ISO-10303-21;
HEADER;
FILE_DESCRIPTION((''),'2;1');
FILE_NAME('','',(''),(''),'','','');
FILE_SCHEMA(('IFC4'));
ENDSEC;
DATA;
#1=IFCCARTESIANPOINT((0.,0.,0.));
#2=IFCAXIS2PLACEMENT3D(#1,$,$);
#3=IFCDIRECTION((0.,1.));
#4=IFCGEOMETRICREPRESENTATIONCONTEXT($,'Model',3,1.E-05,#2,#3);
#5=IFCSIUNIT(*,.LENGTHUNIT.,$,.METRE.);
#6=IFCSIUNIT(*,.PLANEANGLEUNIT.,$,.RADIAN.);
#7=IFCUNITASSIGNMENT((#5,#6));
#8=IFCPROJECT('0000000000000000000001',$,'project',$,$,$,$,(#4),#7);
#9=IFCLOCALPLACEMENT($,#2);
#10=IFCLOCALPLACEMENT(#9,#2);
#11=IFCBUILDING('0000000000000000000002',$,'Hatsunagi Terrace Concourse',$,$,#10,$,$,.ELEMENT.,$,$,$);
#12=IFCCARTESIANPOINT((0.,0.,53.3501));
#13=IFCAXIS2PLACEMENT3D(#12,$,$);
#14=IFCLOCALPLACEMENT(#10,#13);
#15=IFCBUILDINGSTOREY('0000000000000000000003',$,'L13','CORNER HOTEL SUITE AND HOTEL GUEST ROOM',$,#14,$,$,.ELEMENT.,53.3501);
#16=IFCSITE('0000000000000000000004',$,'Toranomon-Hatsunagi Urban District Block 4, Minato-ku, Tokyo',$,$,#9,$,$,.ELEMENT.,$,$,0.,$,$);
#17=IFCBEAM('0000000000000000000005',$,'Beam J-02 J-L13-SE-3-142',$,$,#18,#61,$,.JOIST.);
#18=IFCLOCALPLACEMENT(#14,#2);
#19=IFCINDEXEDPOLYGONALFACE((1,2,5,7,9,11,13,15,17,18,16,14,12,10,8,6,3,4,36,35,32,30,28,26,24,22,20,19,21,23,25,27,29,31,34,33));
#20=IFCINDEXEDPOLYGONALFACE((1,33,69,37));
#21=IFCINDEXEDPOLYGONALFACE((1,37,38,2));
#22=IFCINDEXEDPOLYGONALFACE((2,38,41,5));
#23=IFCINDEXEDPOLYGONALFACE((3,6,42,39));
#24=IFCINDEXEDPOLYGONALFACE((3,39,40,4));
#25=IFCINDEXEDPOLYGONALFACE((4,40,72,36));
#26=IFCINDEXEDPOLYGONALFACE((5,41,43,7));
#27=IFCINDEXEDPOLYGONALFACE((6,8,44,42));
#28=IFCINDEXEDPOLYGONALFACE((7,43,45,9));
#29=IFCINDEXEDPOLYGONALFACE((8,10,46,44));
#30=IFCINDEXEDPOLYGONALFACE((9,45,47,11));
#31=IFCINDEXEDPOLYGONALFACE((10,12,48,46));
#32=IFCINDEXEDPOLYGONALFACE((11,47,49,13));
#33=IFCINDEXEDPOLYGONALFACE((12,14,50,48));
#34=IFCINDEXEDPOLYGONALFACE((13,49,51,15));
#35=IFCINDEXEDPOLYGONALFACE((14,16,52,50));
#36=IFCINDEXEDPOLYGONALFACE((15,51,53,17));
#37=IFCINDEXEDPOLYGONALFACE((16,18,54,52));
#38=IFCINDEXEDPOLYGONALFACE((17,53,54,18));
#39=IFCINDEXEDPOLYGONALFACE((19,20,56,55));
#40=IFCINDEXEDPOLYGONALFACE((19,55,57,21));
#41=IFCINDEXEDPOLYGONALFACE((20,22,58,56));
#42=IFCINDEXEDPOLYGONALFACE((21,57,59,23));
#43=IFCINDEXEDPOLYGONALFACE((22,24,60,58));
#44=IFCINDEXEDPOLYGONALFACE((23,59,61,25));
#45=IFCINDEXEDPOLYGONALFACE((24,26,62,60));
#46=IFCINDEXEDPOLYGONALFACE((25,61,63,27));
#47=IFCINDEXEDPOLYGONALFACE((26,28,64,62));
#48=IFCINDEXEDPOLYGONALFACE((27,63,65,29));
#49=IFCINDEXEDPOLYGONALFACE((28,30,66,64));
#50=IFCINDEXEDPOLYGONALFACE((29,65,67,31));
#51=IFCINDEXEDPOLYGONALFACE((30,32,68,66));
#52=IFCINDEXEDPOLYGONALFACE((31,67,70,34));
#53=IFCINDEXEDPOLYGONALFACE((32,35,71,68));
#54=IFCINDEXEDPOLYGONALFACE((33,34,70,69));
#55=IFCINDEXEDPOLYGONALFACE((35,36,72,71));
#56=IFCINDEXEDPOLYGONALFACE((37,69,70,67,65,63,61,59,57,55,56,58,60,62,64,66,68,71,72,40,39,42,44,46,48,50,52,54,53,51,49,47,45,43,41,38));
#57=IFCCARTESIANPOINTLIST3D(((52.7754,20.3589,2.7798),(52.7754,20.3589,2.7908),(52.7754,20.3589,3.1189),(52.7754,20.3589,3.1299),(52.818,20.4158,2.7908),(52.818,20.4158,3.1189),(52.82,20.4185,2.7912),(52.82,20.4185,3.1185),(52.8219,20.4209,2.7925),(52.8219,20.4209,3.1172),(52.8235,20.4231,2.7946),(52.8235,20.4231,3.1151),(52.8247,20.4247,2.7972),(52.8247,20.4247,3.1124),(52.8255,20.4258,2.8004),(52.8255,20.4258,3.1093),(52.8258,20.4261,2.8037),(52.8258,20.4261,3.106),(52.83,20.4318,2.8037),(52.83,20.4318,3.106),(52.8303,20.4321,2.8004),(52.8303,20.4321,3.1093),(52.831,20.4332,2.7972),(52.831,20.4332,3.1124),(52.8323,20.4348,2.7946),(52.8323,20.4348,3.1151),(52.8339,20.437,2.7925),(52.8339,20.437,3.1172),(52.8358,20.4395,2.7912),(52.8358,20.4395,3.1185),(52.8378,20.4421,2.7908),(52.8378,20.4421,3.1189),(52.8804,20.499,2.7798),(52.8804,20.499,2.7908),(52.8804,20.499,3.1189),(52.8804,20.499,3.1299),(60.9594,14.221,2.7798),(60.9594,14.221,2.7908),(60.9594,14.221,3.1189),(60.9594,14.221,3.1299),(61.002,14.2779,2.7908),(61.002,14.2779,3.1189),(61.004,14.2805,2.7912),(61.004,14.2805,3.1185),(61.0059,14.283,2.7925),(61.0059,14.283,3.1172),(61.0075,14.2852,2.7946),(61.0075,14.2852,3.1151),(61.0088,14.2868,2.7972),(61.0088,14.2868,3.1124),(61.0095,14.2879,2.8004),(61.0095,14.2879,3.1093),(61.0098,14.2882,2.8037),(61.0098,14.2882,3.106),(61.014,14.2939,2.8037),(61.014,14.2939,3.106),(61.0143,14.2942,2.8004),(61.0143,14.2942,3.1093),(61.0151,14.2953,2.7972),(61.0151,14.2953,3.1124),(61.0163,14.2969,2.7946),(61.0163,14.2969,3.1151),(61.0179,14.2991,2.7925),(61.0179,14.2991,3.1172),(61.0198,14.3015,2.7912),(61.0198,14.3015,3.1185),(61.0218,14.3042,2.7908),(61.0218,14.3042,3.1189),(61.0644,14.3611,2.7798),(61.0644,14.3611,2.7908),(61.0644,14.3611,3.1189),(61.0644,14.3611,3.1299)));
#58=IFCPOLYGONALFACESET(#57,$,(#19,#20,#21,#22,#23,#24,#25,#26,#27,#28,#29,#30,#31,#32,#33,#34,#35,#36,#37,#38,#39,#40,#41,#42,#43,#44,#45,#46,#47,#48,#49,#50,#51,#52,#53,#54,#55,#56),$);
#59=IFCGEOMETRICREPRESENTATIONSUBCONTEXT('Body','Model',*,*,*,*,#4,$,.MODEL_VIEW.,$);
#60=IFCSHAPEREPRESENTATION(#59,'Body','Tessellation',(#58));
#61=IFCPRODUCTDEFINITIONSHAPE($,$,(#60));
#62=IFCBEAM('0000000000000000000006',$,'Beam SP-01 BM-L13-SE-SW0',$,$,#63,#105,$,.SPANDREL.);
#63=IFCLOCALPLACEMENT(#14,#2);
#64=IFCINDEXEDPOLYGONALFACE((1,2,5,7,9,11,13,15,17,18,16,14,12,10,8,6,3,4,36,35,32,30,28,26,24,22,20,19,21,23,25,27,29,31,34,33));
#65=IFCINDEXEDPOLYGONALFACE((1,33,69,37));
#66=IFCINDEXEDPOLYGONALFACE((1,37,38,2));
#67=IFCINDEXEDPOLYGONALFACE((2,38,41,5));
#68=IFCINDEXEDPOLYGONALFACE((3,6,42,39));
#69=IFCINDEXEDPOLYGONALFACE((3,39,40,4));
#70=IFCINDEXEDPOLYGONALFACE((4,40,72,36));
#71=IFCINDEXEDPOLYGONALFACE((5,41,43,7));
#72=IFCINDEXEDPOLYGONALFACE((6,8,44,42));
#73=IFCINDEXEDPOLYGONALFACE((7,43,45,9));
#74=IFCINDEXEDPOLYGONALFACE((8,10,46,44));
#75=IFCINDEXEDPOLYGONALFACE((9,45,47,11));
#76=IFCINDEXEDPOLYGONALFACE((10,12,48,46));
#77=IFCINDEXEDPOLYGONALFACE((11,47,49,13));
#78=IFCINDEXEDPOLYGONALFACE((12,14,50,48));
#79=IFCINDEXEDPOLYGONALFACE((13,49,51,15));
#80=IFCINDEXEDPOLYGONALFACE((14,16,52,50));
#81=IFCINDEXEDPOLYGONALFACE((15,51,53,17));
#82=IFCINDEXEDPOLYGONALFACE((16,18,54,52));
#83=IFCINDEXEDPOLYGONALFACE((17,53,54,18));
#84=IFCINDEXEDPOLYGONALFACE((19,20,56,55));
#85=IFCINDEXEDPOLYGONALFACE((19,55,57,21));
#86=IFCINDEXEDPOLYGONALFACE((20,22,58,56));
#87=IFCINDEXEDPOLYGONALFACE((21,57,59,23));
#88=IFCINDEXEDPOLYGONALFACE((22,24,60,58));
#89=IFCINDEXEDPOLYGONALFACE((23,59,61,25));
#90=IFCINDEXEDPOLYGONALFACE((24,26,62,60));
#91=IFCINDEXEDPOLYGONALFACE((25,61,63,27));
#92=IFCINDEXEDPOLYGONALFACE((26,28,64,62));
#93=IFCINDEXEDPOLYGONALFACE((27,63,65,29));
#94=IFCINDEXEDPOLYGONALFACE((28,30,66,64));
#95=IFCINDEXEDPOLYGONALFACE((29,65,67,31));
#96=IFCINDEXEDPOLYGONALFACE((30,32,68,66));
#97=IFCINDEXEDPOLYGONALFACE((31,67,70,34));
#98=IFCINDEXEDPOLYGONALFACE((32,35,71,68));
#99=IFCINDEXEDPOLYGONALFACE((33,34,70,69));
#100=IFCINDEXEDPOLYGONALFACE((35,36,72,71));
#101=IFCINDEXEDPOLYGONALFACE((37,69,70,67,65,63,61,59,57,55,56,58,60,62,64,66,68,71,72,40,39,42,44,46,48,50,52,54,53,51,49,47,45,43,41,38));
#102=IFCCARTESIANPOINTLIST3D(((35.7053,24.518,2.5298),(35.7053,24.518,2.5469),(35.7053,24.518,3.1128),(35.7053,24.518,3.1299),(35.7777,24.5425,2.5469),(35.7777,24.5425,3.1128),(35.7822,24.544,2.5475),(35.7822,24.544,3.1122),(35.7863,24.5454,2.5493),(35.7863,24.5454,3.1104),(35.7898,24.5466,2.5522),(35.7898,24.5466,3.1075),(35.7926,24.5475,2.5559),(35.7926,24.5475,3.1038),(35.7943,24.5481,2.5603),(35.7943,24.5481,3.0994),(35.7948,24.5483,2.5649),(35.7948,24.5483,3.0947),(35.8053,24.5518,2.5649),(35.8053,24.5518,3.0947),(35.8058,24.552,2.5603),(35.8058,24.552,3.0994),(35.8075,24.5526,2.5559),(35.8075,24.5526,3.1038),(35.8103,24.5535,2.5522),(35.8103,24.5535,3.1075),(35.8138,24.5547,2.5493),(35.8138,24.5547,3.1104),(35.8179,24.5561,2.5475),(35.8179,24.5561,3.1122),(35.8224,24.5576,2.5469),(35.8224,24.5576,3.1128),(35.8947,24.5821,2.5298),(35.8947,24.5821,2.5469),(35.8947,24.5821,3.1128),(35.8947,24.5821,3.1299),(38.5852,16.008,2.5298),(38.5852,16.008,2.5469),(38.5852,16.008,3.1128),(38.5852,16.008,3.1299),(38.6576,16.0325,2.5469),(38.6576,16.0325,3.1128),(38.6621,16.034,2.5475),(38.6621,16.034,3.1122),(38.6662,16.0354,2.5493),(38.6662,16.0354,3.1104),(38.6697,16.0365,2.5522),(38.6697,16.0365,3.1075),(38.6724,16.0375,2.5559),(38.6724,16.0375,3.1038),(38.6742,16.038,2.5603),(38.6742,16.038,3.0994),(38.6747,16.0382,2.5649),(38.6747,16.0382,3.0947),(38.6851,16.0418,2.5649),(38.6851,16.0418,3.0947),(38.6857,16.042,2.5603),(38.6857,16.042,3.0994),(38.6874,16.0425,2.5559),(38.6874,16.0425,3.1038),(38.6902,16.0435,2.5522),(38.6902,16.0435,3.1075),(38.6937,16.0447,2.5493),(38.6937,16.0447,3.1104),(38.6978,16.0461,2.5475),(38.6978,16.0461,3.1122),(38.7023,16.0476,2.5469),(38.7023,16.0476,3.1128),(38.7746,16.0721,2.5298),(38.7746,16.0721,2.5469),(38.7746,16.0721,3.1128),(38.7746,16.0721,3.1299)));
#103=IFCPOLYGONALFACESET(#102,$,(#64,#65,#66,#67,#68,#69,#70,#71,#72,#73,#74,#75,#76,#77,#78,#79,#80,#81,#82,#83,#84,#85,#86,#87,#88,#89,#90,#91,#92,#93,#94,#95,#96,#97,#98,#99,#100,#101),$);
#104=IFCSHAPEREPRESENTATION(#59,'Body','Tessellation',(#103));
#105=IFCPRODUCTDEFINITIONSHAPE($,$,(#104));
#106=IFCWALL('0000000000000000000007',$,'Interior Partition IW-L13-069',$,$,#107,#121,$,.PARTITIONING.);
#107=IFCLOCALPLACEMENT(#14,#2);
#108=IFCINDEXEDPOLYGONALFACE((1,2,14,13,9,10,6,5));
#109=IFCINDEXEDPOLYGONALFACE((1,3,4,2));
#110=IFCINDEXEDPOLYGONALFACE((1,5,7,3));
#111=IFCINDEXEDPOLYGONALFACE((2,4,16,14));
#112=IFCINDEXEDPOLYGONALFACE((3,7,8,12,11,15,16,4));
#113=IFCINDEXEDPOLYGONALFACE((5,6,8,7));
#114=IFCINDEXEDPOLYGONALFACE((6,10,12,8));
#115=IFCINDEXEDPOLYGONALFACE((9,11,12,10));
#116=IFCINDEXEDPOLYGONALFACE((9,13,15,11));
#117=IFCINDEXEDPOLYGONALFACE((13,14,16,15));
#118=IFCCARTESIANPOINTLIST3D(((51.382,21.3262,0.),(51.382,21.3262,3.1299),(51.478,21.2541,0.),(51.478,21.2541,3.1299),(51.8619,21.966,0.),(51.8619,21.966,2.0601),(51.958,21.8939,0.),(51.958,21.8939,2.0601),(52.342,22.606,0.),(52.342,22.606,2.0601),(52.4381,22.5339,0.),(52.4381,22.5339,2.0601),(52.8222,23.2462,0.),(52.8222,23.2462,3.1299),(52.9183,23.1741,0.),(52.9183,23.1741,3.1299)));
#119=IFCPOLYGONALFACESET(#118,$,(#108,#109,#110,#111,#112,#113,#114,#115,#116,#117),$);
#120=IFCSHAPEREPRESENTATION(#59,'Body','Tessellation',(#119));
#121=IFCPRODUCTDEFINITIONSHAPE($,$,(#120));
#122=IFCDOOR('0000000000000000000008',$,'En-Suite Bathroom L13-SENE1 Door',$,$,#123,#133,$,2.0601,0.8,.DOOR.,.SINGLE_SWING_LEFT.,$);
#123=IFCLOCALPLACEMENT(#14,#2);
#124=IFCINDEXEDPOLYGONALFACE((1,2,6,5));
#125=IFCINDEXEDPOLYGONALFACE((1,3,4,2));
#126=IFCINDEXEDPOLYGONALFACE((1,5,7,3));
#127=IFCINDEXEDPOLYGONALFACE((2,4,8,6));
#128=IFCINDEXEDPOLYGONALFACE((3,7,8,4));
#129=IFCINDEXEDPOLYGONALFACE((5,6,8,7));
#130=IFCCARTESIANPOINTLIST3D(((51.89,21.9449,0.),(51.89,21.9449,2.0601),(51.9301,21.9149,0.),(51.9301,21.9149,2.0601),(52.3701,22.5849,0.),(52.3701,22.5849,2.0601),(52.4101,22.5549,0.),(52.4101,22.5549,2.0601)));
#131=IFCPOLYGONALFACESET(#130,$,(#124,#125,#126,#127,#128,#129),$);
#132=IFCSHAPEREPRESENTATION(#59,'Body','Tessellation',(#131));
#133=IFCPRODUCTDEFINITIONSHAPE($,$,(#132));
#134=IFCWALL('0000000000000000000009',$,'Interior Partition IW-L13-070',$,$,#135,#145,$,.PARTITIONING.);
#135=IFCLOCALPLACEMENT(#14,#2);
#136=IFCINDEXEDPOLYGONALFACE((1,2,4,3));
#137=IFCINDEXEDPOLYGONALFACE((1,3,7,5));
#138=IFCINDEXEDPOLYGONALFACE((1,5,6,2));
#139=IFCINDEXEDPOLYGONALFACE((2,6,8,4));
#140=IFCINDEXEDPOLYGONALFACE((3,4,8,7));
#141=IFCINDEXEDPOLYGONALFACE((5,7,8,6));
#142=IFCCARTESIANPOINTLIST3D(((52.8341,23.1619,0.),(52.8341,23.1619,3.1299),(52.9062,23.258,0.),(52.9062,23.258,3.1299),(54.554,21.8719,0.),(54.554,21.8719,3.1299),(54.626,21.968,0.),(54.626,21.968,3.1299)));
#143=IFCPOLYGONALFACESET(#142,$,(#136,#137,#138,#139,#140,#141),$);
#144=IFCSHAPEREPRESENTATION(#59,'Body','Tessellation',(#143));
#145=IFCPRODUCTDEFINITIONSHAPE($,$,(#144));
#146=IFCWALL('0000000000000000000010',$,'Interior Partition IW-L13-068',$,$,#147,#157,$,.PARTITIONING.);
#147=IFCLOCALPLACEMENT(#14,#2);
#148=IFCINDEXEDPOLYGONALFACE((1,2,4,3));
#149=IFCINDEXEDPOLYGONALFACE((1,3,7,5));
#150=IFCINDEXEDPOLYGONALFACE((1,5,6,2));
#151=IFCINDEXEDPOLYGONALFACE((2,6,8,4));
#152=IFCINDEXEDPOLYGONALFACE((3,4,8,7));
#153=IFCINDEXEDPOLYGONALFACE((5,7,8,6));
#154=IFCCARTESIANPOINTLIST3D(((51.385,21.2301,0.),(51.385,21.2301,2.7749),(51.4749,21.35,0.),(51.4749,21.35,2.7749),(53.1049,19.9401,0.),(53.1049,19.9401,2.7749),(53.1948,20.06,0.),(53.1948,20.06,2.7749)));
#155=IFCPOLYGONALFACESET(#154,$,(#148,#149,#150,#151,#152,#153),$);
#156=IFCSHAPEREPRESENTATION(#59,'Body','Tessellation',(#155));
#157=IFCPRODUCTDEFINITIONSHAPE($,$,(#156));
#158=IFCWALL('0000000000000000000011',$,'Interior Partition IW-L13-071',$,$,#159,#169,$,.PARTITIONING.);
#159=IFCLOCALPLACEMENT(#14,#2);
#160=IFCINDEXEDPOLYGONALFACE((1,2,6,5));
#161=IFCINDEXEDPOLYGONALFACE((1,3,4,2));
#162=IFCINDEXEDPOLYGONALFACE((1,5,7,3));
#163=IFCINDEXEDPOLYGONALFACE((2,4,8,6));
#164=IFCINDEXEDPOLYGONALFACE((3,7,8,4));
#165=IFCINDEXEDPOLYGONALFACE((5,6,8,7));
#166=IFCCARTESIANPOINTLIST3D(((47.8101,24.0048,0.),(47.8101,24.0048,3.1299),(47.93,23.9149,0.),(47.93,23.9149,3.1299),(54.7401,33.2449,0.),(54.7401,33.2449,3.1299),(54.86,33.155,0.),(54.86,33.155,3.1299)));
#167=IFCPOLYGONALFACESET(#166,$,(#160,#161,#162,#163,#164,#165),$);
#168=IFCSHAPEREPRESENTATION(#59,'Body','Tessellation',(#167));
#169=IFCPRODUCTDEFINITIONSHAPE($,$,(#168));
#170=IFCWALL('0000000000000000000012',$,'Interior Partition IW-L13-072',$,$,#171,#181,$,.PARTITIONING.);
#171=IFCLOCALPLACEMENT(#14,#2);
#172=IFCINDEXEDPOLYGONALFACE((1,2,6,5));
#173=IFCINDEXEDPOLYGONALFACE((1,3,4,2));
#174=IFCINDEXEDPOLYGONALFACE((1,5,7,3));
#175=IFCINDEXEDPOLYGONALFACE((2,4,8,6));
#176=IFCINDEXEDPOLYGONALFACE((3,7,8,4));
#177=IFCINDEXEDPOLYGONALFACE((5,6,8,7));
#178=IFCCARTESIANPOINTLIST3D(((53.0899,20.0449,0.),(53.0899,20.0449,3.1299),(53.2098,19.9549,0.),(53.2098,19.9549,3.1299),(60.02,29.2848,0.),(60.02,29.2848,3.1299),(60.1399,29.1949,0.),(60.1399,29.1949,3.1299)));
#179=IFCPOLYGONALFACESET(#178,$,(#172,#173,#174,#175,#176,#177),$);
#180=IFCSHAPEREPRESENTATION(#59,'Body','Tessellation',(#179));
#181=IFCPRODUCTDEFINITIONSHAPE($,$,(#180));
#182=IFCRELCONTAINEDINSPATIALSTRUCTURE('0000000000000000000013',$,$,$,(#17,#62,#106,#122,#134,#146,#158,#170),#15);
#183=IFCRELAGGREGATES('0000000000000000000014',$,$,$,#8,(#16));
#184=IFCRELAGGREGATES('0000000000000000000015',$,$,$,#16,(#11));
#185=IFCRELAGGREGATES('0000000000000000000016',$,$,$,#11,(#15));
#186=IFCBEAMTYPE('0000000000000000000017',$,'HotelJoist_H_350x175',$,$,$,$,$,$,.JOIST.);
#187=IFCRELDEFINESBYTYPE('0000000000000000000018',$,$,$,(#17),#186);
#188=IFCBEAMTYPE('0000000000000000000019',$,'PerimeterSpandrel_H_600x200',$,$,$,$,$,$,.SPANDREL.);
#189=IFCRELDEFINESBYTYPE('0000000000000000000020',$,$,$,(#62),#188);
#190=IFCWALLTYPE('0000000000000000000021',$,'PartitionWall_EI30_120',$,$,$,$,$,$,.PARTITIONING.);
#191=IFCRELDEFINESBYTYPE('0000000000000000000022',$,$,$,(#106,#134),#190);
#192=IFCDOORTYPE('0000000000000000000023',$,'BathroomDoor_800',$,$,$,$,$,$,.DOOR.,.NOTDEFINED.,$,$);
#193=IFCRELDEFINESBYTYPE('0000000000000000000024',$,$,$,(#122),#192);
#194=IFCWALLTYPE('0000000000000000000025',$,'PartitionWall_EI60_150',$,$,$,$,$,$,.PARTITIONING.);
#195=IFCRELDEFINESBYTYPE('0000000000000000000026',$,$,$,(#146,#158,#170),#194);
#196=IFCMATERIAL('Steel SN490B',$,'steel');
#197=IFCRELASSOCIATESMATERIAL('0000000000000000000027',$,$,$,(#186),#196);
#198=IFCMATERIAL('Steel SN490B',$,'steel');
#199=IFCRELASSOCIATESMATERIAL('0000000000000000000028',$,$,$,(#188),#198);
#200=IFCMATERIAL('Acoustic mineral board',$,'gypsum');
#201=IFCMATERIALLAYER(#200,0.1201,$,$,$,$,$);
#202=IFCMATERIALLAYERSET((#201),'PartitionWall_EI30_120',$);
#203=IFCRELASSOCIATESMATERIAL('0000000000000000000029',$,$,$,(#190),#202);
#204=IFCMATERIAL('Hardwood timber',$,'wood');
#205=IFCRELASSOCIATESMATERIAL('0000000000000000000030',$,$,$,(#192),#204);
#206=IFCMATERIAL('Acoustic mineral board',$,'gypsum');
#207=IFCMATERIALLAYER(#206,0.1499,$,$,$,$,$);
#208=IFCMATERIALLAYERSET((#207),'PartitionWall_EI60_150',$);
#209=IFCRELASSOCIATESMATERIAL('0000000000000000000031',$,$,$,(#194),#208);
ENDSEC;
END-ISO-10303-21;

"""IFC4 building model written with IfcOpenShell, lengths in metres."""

from ifc_helpers import new_model, si_unit, direction, frame, frame_2d, origin, origin_2d, place, context, subcontext, project, spatial, rectangle, i_section, extrude, material, layer, layer_set, material_profile, profile_set, type_object, element, fill, save


model = new_model("IFC4")

# Units and contexts
model_context = context("Model", 3, precision=1e-05, world=origin(), true_north=direction((0.0, 1.0)))
body_context = subcontext(model_context, "Body", "Model", "MODEL_VIEW")
ifc_project = project(units=[si_unit("LENGTHUNIT", "METRE"), si_unit("PLANEANGLEUNIT", "RADIAN")], contexts=[model_context])

# Site, building, storey
site_placement = place(None, origin())
site = spatial("IfcSite", under=ifc_project, at=site_placement, Name="Toranomon-Hatsunagi Urban District Block 4, Minato-ku, Tokyo", CompositionType="ELEMENT", RefElevation=0.0)
building_placement = place(site_placement, origin())
building = spatial("IfcBuilding", under=site, at=building_placement, Name="Hatsunagi Terrace Concourse", CompositionType="ELEMENT")
storey_placement = place(building_placement, frame((0.0, 0.0, 53.3501)))
storey = spatial("IfcBuildingStorey", under=building, at=storey_placement, Name="L13", Description="CORNER HOTEL SUITE AND HOTEL GUEST ROOM", CompositionType="ELEMENT", Elevation=53.3501)

# Beams
ifc_material_1 = material(Name="Steel SN490B", Category="steel")
ifc_material_profile_1 = material_profile(ifc_material_1, i_section(OverallWidth=0.175, OverallDepth=0.3501, WebThickness=0.0071, FlangeThickness=0.011, FilletRadius=0.0129, at=origin_2d()), Name="H-350x175x7x11")
ifc_profile_set_1 = profile_set([ifc_material_profile_1], Name="Steel SN490B")
beam_type_1 = type_object("IfcBeamType", Name="HotelJoist_H_350x175", PredefinedType="JOIST", material=ifc_profile_set_1)
beam_1_placement = place(storey_placement, frame((52.8279, 20.429, 2.9548), z_axis=(0.800006, -0.599992, 0.0), x_axis=(0.599992, 0.800006, 0.0)))
element("IfcBeam", 1, at=beam_1_placement, inside=storey, type_object=beam_type_1, Name="Beam J-02 J-L13-SE-3-142", PredefinedType="JOIST", context=body_context, shape_type="SweptSolid", body=[
    extrude(i_section(OverallWidth=0.175, OverallDepth=0.3501, WebThickness=0.0071, FlangeThickness=0.011, FilletRadius=0.0129, at=origin_2d()), origin(), (0.0, 0.0, 1.0), 10.23),
])
ifc_material_2 = material(Name="Steel SN490B", Category="steel")
ifc_material_profile_2 = material_profile(ifc_material_2, i_section(OverallWidth=0.2, OverallDepth=0.6001, WebThickness=0.011, FlangeThickness=0.0171, FilletRadius=0.0181, at=origin_2d()), Name="H-600x200x11x17")
ifc_profile_set_2 = profile_set([ifc_material_profile_2], Name="Steel SN490B")
beam_type_2 = type_object("IfcBeamType", Name="PerimeterSpandrel_H_600x200", PredefinedType="SPANDREL", material=ifc_profile_set_2)
beam_2_placement = place(storey_placement, frame((35.8, 24.55, 2.8298), z_axis=(0.320553, -0.94723, 0.0), x_axis=(0.94723, 0.320553, 0.0)))
element("IfcBeam", 2, at=beam_2_placement, inside=storey, type_object=beam_type_2, Name="Beam SP-01 BM-L13-SE-SW0", PredefinedType="SPANDREL", context=body_context, shape_type="SweptSolid", body=[
    extrude(i_section(OverallWidth=0.2, OverallDepth=0.6001, WebThickness=0.011, FlangeThickness=0.0171, FilletRadius=0.0181, at=origin_2d()), origin(), (0.0, 0.0, 1.0), 8.9841),
])

# Wall, opening, door
ifc_material_3 = material(Name="Acoustic mineral board", Category="gypsum")
ifc_layer_1 = layer(ifc_material_3, 0.1201)
ifc_layer_set_1 = layer_set([ifc_layer_1], Name="PartitionWall_EI30_120")
wall_type_1 = type_object("IfcWallType", Name="PartitionWall_EI30_120", PredefinedType="PARTITIONING", material=ifc_layer_set_1)
wall_1_placement = place(storey_placement, frame((51.4299, 21.29, 0.0), z_axis=(0.0, 0.0, 1.0), x_axis=(0.600065, 0.799951, 0.0)))
wall_1 = element("IfcWall", 3, at=wall_1_placement, inside=storey, type_object=wall_type_1, Name="Interior Partition IW-L13-069", PredefinedType="PARTITIONING", context=body_context, shape_type="SweptSolid", body=[
    extrude(rectangle(XDim=2.4001, YDim=0.1201, at=frame_2d((1.2002, 0.0))), origin(), (0.0, 0.0, 1.0), 3.1299),
])
opening_1_placement = place(wall_1_placement, frame((0.8, 0.0, 0.0)))
opening_1 = element("IfcOpeningElement", 4, at=opening_1_placement, cuts=wall_1, PredefinedType="OPENING", context=body_context, shape_type="SweptSolid", body=[
    extrude(rectangle(XDim=0.8, YDim=2.0601, at=frame_2d((0.3999, 1.03))), frame((0.0, 0.0701, 0.0), z_axis=(0.0, -1.0, 0.0), x_axis=(1.0, 0.0, 0.0)), (0.0, 0.0, 1.0), 0.1401),
])
ifc_material_4 = material(Name="Hardwood timber", Category="wood")
door_type_1 = type_object("IfcDoorType", Name="BathroomDoor_800", OperationType="NOTDEFINED", PredefinedType="DOOR", material=ifc_material_4)
door_1_placement = place(opening_1_placement, origin())
door_1 = element("IfcDoor", 5, at=door_1_placement, inside=storey, type_object=door_type_1, Name="En-Suite Bathroom L13-SENE1 Door", OperationType="SINGLE_SWING_LEFT", OverallHeight=2.0601, OverallWidth=0.8, PredefinedType="DOOR", context=body_context, shape_type="SweptSolid", body=[
    extrude(rectangle(XDim=0.8, YDim=2.0601, at=frame_2d((0.3999, 1.03))), frame((0.0, 0.0249, 0.0), z_axis=(0.0, -1.0, 0.0), x_axis=(1.0, 0.0, 0.0)), (0.0, 0.0, 1.0), 0.05),
])
fill(opening_1, door_1)

# Wall
wall_2_placement = place(storey_placement, frame((52.8701, 23.21, 0.0), z_axis=(0.0, 0.0, 1.0), x_axis=(0.799986, -0.600018, 0.0)))
element("IfcWall", 6, at=wall_2_placement, inside=storey, type_object=wall_type_1, Name="Interior Partition IW-L13-070", PredefinedType="PARTITIONING", context=body_context, shape_type="SweptSolid", body=[
    extrude(rectangle(XDim=2.1499, YDim=0.1201, at=frame_2d((1.075, 0.0))), origin(), (0.0, 0.0, 1.0), 3.1299),
])

# Shared definitions
ifc_material_5 = material(Name="Acoustic mineral board", Category="gypsum")
ifc_layer_2 = layer(ifc_material_5, 0.1499)
ifc_layer_set_2 = layer_set([ifc_layer_2], Name="PartitionWall_EI60_150")
wall_type_2 = type_object("IfcWallType", Name="PartitionWall_EI60_150", PredefinedType="PARTITIONING", material=ifc_layer_set_2)

# Walls
wall_3_placement = place(storey_placement, frame((51.4299, 21.29, 0.0), z_axis=(0.0, 0.0, 1.0), x_axis=(0.799986, -0.600018, 0.0)))
element("IfcWall", 7, at=wall_3_placement, inside=storey, type_object=wall_type_2, Name="Interior Partition IW-L13-068", PredefinedType="PARTITIONING", context=body_context, shape_type="SweptSolid", body=[
    extrude(rectangle(XDim=2.1499, YDim=0.1499, at=frame_2d((1.075, 0.0))), origin(), (0.0, 0.0, 1.0), 2.7749),
])
for number, where, z_axis, x_axis, name in (
    (8, (47.8701, 23.96, 0.0), (0.0, 0.0, 1.0), (0.599997, 0.800003, 0.0), "Interior Partition IW-L13-071"),
    (9, (53.1499, 20.0, 0.0), (0.0, 0.0, 1.0), (0.60001, 0.799992, 0.0), "Interior Partition IW-L13-072"),
):
    element("IfcWall", number, at=place(storey_placement, frame(where, z_axis=z_axis, x_axis=x_axis)), inside=storey, type_object=wall_type_2, Name=name, PredefinedType="PARTITIONING", context=body_context, shape_type="SweptSolid", body=[
        extrude(rectangle(XDim=11.55, YDim=0.1499, at=frame_2d((5.7749, 0.0))), origin(), (0.0, 0.0, 1.0), 3.1299),
    ])

save(model, "model.ifc")
